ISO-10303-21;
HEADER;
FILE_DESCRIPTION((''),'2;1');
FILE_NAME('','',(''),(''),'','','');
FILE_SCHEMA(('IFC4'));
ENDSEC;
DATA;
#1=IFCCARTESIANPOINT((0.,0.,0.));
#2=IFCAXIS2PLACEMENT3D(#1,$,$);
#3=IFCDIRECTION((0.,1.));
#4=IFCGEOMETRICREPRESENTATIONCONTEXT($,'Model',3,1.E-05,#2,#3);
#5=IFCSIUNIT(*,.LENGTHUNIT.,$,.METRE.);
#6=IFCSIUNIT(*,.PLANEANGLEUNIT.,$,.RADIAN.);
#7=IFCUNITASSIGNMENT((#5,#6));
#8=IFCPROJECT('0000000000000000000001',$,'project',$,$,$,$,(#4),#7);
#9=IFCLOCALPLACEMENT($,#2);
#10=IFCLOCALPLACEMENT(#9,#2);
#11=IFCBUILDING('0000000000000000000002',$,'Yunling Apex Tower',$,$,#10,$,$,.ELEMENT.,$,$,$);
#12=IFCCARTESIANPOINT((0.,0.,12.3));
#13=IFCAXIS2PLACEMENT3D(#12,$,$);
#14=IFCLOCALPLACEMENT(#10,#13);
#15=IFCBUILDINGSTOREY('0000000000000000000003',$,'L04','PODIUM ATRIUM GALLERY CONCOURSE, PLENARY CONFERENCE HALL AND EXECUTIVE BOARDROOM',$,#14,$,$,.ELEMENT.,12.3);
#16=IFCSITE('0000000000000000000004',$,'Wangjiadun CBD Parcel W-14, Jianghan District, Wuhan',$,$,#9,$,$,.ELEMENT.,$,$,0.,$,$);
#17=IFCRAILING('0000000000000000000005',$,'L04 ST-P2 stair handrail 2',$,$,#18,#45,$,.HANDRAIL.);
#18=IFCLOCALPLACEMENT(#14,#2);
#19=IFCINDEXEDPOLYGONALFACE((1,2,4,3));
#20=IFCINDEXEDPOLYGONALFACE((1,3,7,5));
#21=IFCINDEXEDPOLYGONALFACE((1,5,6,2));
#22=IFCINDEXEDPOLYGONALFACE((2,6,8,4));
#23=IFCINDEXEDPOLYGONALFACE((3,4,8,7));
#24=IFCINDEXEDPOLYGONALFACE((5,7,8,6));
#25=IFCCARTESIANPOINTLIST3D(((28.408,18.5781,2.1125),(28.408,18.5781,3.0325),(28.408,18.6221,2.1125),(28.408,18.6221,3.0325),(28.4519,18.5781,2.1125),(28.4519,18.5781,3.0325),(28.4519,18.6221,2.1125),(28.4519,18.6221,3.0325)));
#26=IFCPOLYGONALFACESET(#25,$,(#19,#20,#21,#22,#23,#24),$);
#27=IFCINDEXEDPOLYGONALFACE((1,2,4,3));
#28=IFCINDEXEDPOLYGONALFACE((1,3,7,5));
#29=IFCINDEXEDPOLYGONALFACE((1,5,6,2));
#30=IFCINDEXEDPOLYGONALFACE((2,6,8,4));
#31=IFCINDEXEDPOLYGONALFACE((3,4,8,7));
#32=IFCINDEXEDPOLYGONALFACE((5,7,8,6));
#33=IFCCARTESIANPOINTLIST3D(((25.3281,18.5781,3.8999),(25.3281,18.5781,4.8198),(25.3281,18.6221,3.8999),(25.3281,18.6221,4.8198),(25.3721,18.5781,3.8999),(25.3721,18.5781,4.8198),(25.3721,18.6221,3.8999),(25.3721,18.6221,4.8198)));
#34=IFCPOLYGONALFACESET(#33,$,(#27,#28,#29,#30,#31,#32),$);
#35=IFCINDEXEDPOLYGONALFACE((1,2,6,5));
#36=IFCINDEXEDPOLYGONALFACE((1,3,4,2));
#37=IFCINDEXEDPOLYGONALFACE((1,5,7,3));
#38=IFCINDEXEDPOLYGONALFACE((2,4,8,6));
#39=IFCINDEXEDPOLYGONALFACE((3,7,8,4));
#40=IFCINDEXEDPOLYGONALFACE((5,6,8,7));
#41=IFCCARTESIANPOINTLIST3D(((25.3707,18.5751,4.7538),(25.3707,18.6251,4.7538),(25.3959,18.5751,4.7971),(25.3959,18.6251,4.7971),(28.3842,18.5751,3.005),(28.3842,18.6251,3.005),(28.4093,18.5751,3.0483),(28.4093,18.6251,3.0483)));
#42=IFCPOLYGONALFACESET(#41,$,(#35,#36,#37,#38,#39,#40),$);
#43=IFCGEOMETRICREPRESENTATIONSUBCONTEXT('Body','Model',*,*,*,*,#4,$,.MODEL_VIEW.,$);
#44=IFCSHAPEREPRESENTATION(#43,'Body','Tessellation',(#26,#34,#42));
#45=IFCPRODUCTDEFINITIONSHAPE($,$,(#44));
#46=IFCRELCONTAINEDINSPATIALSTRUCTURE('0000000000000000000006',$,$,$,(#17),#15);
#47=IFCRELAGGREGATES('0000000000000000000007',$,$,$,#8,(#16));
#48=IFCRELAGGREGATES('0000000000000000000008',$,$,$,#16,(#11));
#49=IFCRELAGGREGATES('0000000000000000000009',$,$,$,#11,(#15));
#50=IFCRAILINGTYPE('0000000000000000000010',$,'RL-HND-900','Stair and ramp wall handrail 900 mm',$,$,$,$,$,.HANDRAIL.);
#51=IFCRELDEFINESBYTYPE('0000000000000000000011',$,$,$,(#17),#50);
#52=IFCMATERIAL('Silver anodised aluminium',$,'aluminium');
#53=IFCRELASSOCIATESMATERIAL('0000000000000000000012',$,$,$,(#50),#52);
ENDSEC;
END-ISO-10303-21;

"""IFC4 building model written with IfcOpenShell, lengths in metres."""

from ifc_helpers import new_model, si_unit, direction, frame, origin, origin_2d, place, context, subcontext, project, spatial, rectangle, extrude, material, type_object, element, save


model = new_model("IFC4")

# Units and contexts
model_context = context("Model", 3, precision=1e-05, world=origin(), true_north=direction((0.0, 1.0)))
body_context = subcontext(model_context, "Body", "Model", "MODEL_VIEW")
ifc_project = project(units=[si_unit("LENGTHUNIT", "METRE"), si_unit("PLANEANGLEUNIT", "RADIAN")], contexts=[model_context])

# Site, building, storey
site_placement = place(None, origin())
site = spatial("IfcSite", under=ifc_project, at=site_placement, Name="Wangjiadun CBD Parcel W-14, Jianghan District, Wuhan", CompositionType="ELEMENT", RefElevation=0.0)
building_placement = place(site_placement, origin())
building = spatial("IfcBuilding", under=site, at=building_placement, Name="Yunling Apex Tower", CompositionType="ELEMENT")
storey_placement = place(building_placement, frame((0.0, 0.0, 12.3)))
storey = spatial("IfcBuildingStorey", under=building, at=storey_placement, Name="L04", Description="PODIUM ATRIUM GALLERY CONCOURSE, PLENARY CONFERENCE HALL AND EXECUTIVE BOARDROOM", CompositionType="ELEMENT", Elevation=12.3)

# Railing
ifc_material_1 = material(Name="Silver anodised aluminium", Category="aluminium")
railing_type_1 = type_object("IfcRailingType", Name="RL-HND-900", Description="Stair and ramp wall handrail 900 mm", PredefinedType="HANDRAIL", material=ifc_material_1)
railing_1_placement = place(storey_placement, frame((28.4299, 18.6001, 2.1125)))
element("IfcRailing", 1, at=railing_1_placement, inside=storey, type_object=railing_type_1, Name="L04 ST-P2 stair handrail 2", PredefinedType="HANDRAIL", context=body_context, shape_type="SweptSolid", body=[
    extrude(rectangle(XDim=0.0439, YDim=0.0439, at=origin_2d()), origin(), (0.0, 0.0, 1.0), 0.9199),
    extrude(rectangle(XDim=0.0439, YDim=0.0439, at=origin_2d()), frame((-3.0798, 0.0, 1.7874)), (0.0, 0.0, 1.0), 0.9199),
    extrude(rectangle(XDim=0.05, YDim=0.05, at=origin_2d()), frame((-0.0332, 0.0, 0.9141), z_axis=(-0.864903, 0.0, 0.501939), x_axis=(0.0, -1.0, 0.0)), (0.0, 0.0, 1.0), 3.4841),
])

save(model, "model.ifc")
